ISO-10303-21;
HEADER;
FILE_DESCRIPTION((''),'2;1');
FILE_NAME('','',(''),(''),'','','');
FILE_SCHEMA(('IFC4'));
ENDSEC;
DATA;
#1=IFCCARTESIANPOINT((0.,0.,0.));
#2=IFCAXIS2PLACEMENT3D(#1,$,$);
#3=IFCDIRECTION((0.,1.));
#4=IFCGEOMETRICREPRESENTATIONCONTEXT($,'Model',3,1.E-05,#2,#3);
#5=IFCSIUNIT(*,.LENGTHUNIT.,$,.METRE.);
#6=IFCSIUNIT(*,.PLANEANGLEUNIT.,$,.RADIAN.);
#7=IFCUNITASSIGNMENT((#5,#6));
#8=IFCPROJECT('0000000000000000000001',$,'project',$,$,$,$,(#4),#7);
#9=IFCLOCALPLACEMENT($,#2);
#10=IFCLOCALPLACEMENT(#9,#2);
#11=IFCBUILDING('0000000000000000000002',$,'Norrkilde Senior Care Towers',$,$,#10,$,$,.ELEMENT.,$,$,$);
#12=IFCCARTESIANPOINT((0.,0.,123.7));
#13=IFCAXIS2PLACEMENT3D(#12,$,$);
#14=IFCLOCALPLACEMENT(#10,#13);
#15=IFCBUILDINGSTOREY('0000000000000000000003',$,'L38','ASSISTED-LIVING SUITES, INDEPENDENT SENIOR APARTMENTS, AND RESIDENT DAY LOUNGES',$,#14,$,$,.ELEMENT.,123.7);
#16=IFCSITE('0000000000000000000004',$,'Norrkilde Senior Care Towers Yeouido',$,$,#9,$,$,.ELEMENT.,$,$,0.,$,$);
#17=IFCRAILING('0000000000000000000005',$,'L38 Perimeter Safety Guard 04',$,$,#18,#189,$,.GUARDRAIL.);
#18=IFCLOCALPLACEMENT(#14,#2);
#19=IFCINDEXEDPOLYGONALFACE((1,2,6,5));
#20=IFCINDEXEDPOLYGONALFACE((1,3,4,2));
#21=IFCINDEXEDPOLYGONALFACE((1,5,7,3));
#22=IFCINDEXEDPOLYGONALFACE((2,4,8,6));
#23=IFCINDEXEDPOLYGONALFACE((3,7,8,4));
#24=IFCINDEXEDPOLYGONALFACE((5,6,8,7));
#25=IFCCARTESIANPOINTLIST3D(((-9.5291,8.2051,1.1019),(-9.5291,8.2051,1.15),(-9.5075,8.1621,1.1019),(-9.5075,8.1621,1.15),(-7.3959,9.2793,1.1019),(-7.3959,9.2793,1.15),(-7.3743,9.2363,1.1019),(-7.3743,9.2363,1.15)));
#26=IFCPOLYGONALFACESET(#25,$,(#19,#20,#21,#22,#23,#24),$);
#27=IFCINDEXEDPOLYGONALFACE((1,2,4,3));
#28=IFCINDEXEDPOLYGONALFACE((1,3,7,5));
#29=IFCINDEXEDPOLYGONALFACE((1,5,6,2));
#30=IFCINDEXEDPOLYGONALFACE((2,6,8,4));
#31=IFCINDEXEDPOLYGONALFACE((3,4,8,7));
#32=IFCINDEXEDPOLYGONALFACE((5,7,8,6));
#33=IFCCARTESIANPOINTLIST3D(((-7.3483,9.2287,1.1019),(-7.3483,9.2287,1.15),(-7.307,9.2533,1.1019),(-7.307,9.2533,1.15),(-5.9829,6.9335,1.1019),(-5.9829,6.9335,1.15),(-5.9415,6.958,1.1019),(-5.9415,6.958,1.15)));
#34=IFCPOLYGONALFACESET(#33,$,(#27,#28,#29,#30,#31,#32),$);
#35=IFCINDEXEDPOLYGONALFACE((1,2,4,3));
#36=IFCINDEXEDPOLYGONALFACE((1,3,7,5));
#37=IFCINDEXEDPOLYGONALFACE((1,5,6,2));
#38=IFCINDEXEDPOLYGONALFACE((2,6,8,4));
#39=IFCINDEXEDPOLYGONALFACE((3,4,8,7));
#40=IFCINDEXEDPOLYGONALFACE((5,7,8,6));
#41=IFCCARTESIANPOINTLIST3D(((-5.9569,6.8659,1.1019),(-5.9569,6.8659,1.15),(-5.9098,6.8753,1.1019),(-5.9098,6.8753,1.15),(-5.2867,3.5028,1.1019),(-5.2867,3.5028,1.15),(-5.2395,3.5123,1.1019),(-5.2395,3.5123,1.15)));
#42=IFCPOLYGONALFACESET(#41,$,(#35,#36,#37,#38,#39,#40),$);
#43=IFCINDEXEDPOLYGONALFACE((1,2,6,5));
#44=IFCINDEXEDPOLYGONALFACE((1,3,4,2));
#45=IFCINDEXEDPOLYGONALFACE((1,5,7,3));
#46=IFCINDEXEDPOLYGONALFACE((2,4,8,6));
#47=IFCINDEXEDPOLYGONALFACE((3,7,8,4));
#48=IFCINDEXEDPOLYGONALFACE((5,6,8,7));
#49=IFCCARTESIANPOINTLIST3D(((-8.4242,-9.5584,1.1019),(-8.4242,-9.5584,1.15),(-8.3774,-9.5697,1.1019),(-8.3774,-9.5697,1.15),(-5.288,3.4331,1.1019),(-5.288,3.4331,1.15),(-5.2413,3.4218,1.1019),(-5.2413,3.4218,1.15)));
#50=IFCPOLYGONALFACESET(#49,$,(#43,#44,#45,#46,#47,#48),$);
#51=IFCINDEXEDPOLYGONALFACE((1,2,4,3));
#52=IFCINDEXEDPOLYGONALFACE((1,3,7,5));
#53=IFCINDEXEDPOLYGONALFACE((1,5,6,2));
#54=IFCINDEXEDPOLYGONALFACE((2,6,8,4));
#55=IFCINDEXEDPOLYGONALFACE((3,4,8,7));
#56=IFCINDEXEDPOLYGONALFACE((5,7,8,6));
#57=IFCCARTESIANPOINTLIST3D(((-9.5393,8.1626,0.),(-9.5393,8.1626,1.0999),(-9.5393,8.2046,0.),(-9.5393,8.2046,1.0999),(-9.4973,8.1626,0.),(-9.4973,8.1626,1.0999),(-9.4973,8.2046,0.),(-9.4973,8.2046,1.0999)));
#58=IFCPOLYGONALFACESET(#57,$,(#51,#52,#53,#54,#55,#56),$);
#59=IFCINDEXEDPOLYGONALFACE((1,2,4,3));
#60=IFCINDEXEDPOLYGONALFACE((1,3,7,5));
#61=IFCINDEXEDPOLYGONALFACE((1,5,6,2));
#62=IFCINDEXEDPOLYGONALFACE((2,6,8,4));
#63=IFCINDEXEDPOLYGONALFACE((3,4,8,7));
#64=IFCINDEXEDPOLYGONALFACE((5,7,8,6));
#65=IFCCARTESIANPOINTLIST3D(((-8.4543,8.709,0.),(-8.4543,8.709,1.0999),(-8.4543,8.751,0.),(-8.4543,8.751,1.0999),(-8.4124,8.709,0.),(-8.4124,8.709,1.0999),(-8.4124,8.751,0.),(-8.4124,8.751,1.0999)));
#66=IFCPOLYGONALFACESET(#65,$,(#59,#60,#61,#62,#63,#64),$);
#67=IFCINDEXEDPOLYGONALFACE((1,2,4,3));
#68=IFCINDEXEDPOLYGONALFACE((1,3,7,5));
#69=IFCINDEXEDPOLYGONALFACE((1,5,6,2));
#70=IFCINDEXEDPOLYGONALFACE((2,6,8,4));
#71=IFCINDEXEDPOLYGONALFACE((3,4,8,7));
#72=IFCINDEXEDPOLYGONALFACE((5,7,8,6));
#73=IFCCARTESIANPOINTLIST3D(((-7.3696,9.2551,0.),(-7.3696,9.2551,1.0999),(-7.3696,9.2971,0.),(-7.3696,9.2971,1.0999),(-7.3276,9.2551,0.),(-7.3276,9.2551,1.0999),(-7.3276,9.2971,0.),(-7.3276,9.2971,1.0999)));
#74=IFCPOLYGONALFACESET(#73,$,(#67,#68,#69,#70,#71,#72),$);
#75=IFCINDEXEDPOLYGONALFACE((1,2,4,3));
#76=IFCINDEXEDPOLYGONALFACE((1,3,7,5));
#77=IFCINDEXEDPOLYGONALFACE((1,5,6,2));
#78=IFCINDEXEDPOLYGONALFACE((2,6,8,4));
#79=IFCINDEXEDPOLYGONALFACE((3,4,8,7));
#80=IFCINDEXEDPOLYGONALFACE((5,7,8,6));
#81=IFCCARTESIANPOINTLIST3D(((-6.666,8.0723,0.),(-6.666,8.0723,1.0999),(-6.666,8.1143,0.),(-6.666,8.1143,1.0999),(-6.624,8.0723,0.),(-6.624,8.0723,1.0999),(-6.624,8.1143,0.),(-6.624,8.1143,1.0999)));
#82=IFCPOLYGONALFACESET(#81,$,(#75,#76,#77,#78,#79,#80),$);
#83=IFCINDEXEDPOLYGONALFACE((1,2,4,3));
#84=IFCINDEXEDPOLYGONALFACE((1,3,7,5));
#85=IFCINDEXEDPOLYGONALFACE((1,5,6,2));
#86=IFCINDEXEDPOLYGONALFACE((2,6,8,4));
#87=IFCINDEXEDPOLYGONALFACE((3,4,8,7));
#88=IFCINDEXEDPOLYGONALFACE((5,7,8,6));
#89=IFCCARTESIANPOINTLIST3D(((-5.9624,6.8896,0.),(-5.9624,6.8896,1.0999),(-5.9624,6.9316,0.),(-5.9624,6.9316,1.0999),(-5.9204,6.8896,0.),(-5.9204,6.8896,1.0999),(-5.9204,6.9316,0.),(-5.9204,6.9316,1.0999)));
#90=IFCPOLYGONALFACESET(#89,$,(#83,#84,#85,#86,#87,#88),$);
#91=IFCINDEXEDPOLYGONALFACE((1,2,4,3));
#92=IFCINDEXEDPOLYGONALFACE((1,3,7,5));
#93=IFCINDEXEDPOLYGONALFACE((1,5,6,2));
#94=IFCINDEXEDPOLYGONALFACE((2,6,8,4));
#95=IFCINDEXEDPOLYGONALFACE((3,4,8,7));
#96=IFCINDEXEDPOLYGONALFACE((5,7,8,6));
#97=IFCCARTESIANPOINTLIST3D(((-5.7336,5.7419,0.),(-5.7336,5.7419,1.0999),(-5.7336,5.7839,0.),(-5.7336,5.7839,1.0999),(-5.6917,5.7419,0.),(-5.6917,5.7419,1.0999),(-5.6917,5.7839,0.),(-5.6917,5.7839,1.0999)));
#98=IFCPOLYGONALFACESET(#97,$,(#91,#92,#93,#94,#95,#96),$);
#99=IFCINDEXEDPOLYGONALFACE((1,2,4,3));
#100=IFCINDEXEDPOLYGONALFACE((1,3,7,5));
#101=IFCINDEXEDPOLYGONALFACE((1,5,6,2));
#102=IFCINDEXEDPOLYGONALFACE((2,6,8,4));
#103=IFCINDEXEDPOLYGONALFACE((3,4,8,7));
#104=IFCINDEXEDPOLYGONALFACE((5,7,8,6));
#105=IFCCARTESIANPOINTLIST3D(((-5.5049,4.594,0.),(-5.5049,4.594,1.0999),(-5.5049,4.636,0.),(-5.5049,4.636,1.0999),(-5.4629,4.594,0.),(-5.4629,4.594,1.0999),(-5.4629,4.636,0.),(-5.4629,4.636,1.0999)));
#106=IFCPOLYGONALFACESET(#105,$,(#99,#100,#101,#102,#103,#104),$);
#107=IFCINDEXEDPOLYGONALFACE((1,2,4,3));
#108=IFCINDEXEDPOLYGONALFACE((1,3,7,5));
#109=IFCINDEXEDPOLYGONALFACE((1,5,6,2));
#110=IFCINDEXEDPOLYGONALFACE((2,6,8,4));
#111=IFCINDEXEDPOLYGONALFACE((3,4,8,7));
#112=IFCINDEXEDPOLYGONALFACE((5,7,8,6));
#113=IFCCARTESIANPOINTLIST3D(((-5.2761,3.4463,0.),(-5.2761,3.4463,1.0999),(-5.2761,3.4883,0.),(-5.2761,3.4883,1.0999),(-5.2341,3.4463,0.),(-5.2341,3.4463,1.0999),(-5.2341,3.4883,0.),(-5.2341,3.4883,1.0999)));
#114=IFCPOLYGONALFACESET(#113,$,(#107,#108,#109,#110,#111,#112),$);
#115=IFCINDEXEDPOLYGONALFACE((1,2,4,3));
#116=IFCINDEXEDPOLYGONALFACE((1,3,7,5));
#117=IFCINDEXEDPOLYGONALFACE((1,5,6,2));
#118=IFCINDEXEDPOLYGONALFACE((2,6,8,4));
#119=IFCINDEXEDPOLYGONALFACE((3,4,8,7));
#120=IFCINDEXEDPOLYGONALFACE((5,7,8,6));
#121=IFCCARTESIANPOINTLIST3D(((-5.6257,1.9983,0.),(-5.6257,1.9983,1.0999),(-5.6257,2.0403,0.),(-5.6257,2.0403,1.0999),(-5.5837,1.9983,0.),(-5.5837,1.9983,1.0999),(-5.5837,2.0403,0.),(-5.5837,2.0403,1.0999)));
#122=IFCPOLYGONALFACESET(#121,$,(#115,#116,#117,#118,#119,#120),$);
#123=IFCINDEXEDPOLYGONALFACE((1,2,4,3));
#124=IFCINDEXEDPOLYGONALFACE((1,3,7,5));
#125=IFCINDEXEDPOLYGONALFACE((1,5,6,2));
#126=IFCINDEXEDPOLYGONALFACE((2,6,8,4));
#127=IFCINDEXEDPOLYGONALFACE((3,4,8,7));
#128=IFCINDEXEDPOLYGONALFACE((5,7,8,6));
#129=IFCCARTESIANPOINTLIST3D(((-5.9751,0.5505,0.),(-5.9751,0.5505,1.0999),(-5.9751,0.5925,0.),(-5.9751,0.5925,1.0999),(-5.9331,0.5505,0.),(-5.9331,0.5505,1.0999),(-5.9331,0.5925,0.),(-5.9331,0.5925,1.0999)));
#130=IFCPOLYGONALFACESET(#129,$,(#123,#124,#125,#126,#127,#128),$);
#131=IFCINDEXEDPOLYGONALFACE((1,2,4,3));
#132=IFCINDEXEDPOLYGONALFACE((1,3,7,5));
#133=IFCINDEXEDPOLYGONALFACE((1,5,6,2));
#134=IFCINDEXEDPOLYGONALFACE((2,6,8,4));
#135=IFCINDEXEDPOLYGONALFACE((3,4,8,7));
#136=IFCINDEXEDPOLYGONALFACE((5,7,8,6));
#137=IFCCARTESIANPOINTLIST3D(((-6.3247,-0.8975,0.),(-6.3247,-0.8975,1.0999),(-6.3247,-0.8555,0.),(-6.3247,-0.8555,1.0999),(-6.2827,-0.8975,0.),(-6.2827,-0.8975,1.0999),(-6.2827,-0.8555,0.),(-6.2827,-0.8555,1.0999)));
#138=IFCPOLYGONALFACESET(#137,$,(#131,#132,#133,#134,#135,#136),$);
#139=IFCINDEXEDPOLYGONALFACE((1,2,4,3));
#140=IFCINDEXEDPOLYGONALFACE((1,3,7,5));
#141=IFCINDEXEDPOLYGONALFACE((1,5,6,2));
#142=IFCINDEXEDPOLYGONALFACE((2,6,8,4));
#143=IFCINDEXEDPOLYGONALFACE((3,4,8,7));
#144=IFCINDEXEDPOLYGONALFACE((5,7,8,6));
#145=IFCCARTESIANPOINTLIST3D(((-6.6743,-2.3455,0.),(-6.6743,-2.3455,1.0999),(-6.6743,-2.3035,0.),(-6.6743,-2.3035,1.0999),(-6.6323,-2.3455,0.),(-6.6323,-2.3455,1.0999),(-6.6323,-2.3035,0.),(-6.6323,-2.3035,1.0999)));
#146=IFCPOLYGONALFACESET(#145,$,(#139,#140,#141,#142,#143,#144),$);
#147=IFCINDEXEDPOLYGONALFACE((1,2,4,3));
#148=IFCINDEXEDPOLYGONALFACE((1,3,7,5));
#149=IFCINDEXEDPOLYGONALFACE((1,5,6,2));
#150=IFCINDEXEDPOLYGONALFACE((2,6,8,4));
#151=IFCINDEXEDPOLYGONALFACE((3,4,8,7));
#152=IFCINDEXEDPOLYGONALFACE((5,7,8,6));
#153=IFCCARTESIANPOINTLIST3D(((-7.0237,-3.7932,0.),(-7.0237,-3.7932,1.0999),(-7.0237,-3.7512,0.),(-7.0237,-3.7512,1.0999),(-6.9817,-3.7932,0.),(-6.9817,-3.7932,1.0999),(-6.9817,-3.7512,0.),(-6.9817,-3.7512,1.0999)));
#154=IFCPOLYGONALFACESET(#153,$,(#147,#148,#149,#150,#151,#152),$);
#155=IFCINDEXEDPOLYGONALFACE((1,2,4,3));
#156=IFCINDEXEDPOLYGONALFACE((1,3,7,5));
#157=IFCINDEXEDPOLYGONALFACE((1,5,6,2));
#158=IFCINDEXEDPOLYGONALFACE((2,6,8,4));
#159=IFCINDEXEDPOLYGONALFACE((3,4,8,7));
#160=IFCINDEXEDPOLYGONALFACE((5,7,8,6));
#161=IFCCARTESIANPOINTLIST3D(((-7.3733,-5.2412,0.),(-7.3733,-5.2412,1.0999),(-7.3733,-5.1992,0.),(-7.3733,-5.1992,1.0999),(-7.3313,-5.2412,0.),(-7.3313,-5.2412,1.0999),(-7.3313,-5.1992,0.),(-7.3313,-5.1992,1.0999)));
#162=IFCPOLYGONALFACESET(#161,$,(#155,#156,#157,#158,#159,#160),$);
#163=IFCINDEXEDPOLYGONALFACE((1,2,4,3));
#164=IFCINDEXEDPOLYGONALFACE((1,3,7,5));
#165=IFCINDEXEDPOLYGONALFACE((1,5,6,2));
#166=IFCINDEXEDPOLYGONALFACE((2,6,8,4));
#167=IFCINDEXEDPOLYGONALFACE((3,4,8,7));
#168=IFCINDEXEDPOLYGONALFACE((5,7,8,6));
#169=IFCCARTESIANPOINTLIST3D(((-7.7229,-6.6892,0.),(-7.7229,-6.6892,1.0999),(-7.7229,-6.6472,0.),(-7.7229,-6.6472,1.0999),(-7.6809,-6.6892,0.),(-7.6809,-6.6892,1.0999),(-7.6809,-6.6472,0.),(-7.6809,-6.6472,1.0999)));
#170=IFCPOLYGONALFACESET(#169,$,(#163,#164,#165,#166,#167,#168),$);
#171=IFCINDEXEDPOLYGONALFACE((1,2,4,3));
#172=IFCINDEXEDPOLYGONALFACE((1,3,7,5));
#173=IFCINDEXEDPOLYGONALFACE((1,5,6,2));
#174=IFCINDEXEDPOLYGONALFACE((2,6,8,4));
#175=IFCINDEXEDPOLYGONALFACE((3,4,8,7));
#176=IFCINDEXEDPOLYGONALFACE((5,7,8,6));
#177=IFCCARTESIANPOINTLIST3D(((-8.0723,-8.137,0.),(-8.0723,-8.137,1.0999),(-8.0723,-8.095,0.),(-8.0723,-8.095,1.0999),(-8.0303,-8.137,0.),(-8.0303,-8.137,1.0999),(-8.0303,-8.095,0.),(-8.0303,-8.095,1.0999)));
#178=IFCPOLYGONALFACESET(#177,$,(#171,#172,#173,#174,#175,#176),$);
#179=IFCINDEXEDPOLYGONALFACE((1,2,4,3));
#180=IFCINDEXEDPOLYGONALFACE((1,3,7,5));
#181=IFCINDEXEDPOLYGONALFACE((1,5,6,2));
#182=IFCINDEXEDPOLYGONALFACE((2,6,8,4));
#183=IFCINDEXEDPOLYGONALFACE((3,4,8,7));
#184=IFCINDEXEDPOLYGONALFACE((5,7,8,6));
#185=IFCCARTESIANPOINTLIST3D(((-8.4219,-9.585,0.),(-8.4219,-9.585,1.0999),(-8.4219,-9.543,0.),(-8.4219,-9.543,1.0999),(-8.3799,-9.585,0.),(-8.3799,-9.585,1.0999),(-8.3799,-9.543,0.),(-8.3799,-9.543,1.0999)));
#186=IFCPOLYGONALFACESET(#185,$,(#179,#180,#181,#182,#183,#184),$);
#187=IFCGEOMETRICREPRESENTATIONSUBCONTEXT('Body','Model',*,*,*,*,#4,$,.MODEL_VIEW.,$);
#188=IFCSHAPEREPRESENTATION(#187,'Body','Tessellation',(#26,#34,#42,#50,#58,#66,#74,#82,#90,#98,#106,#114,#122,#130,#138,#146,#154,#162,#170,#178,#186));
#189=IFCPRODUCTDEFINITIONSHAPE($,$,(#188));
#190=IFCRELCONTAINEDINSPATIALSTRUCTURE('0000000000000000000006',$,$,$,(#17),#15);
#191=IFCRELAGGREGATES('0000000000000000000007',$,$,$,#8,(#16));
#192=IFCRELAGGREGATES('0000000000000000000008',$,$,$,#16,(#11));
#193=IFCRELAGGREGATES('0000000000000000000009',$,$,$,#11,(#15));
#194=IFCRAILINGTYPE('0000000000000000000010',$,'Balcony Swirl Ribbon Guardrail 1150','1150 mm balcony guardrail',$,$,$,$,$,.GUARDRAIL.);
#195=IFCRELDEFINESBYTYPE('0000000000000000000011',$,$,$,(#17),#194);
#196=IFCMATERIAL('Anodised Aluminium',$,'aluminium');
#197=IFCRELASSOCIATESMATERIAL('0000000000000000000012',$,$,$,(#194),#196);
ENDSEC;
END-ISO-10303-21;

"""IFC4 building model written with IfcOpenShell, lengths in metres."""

from ifc_helpers import new_model, si_unit, direction, frame, origin, origin_2d, place, context, subcontext, project, spatial, rectangle, extrude, material, type_object, element, save


model = new_model("IFC4")

# Units and contexts
model_context = context("Model", 3, precision=1e-05, world=origin(), true_north=direction((0.0, 1.0)))
body_context = subcontext(model_context, "Body", "Model", "MODEL_VIEW")
ifc_project = project(units=[si_unit("LENGTHUNIT", "METRE"), si_unit("PLANEANGLEUNIT", "RADIAN")], contexts=[model_context])

# Site, building, storey
site_placement = place(None, origin())
site = spatial("IfcSite", under=ifc_project, at=site_placement, Name="Norrkilde Senior Care Towers Yeouido", CompositionType="ELEMENT", RefElevation=0.0)
building_placement = place(site_placement, origin())
building = spatial("IfcBuilding", under=site, at=building_placement, Name="Norrkilde Senior Care Towers", CompositionType="ELEMENT")
storey_placement = place(building_placement, frame((0.0, 0.0, 123.7)))
storey = spatial("IfcBuildingStorey", under=building, at=storey_placement, Name="L38", Description="ASSISTED-LIVING SUITES, INDEPENDENT SENIOR APARTMENTS, AND RESIDENT DAY LOUNGES", CompositionType="ELEMENT", Elevation=123.7)

# Shared definitions
ifc_material_1 = material(Name="Anodised Aluminium", Category="aluminium")

# Railing
railing_type = type_object("IfcRailingType", Name="Balcony Swirl Ribbon Guardrail 1150", Description="1150 mm balcony guardrail", PredefinedType="GUARDRAIL", material=ifc_material_1)
railing_placement = place(storey_placement, frame((-9.5183, 8.1836, 0.0)))
element("IfcRailing", 1, at=railing_placement, inside=storey, type_object=railing_type, Name="L38 Perimeter Safety Guard 04", PredefinedType="GUARDRAIL", context=body_context, shape_type="SweptSolid", body=[
    extrude(rectangle(XDim=0.0481, YDim=0.0481, at=origin_2d()), frame((0.0, 0.0, 1.126), z_axis=(0.893157, 0.449744, 0.0), x_axis=(-0.449744, 0.893157, 0.0)), (0.0, 0.0, 1.0), 2.3884),
    extrude(rectangle(XDim=0.0481, YDim=0.0481, at=origin_2d()), frame((2.1907, 1.0574, 1.126), z_axis=(0.51127, -0.85942, 0.0), x_axis=(0.85942, 0.51127, 0.0)), (0.0, 0.0, 1.0), 2.6707),
    extrude(rectangle(XDim=0.0481, YDim=0.0481, at=origin_2d()), frame((3.585, -1.313, 1.126), z_axis=(0.195461, -0.980712, 0.0), x_axis=(0.980712, 0.195461, 0.0)), (0.0, 0.0, 1.0), 3.4292),
    extrude(rectangle(XDim=0.0481, YDim=0.0481, at=origin_2d()), frame((4.2537, -4.7561, 1.126), z_axis=(-0.23466, -0.972077, 0.0), x_axis=(0.972077, -0.23466, 0.0)), (0.0, 0.0, 1.0), 13.3647),
    extrude(rectangle(XDim=0.042, YDim=0.042, at=origin_2d()), origin(), (0.0, 0.0, 1.0), 1.0999),
    extrude(rectangle(XDim=0.042, YDim=0.042, at=origin_2d()), frame((1.085, 0.5464, 0.0)), (0.0, 0.0, 1.0), 1.0999),
    extrude(rectangle(XDim=0.042, YDim=0.042, at=origin_2d()), frame((2.1697, 1.0925, 0.0)), (0.0, 0.0, 1.0), 1.0999),
    extrude(rectangle(XDim=0.042, YDim=0.042, at=origin_2d()), frame((2.8733, -0.0903, 0.0)), (0.0, 0.0, 1.0), 1.0999),
    extrude(rectangle(XDim=0.042, YDim=0.042, at=origin_2d()), frame((3.5769, -1.2729, 0.0)), (0.0, 0.0, 1.0), 1.0999),
    extrude(rectangle(XDim=0.042, YDim=0.042, at=origin_2d()), frame((3.8057, -2.4207, 0.0)), (0.0, 0.0, 1.0), 1.0999),
    extrude(rectangle(XDim=0.042, YDim=0.042, at=origin_2d()), frame((4.0344, -3.5686, 0.0)), (0.0, 0.0, 1.0), 1.0999),
    extrude(rectangle(XDim=0.042, YDim=0.042, at=origin_2d()), frame((4.2632, -4.7163, 0.0)), (0.0, 0.0, 1.0), 1.0999),
    extrude(rectangle(XDim=0.042, YDim=0.042, at=origin_2d()), frame((3.9136, -6.1643, 0.0)), (0.0, 0.0, 1.0), 1.0999),
    extrude(rectangle(XDim=0.042, YDim=0.042, at=origin_2d()), frame((3.5642, -7.6121, 0.0)), (0.0, 0.0, 1.0), 1.0999),
    extrude(rectangle(XDim=0.042, YDim=0.042, at=origin_2d()), frame((3.2146, -9.0601, 0.0)), (0.0, 0.0, 1.0), 1.0999),
    extrude(rectangle(XDim=0.042, YDim=0.042, at=origin_2d()), frame((2.865, -10.5081, 0.0)), (0.0, 0.0, 1.0), 1.0999),
    extrude(rectangle(XDim=0.042, YDim=0.042, at=origin_2d()), frame((2.5156, -11.9558, 0.0)), (0.0, 0.0, 1.0), 1.0999),
    extrude(rectangle(XDim=0.042, YDim=0.042, at=origin_2d()), frame((2.166, -13.4038, 0.0)), (0.0, 0.0, 1.0), 1.0999),
    extrude(rectangle(XDim=0.042, YDim=0.042, at=origin_2d()), frame((1.8164, -14.8518, 0.0)), (0.0, 0.0, 1.0), 1.0999),
    extrude(rectangle(XDim=0.042, YDim=0.042, at=origin_2d()), frame((1.467, -16.2996, 0.0)), (0.0, 0.0, 1.0), 1.0999),
    extrude(rectangle(XDim=0.042, YDim=0.042, at=origin_2d()), frame((1.1174, -17.7476, 0.0)), (0.0, 0.0, 1.0), 1.0999),
])

save(model, "model.ifc")
